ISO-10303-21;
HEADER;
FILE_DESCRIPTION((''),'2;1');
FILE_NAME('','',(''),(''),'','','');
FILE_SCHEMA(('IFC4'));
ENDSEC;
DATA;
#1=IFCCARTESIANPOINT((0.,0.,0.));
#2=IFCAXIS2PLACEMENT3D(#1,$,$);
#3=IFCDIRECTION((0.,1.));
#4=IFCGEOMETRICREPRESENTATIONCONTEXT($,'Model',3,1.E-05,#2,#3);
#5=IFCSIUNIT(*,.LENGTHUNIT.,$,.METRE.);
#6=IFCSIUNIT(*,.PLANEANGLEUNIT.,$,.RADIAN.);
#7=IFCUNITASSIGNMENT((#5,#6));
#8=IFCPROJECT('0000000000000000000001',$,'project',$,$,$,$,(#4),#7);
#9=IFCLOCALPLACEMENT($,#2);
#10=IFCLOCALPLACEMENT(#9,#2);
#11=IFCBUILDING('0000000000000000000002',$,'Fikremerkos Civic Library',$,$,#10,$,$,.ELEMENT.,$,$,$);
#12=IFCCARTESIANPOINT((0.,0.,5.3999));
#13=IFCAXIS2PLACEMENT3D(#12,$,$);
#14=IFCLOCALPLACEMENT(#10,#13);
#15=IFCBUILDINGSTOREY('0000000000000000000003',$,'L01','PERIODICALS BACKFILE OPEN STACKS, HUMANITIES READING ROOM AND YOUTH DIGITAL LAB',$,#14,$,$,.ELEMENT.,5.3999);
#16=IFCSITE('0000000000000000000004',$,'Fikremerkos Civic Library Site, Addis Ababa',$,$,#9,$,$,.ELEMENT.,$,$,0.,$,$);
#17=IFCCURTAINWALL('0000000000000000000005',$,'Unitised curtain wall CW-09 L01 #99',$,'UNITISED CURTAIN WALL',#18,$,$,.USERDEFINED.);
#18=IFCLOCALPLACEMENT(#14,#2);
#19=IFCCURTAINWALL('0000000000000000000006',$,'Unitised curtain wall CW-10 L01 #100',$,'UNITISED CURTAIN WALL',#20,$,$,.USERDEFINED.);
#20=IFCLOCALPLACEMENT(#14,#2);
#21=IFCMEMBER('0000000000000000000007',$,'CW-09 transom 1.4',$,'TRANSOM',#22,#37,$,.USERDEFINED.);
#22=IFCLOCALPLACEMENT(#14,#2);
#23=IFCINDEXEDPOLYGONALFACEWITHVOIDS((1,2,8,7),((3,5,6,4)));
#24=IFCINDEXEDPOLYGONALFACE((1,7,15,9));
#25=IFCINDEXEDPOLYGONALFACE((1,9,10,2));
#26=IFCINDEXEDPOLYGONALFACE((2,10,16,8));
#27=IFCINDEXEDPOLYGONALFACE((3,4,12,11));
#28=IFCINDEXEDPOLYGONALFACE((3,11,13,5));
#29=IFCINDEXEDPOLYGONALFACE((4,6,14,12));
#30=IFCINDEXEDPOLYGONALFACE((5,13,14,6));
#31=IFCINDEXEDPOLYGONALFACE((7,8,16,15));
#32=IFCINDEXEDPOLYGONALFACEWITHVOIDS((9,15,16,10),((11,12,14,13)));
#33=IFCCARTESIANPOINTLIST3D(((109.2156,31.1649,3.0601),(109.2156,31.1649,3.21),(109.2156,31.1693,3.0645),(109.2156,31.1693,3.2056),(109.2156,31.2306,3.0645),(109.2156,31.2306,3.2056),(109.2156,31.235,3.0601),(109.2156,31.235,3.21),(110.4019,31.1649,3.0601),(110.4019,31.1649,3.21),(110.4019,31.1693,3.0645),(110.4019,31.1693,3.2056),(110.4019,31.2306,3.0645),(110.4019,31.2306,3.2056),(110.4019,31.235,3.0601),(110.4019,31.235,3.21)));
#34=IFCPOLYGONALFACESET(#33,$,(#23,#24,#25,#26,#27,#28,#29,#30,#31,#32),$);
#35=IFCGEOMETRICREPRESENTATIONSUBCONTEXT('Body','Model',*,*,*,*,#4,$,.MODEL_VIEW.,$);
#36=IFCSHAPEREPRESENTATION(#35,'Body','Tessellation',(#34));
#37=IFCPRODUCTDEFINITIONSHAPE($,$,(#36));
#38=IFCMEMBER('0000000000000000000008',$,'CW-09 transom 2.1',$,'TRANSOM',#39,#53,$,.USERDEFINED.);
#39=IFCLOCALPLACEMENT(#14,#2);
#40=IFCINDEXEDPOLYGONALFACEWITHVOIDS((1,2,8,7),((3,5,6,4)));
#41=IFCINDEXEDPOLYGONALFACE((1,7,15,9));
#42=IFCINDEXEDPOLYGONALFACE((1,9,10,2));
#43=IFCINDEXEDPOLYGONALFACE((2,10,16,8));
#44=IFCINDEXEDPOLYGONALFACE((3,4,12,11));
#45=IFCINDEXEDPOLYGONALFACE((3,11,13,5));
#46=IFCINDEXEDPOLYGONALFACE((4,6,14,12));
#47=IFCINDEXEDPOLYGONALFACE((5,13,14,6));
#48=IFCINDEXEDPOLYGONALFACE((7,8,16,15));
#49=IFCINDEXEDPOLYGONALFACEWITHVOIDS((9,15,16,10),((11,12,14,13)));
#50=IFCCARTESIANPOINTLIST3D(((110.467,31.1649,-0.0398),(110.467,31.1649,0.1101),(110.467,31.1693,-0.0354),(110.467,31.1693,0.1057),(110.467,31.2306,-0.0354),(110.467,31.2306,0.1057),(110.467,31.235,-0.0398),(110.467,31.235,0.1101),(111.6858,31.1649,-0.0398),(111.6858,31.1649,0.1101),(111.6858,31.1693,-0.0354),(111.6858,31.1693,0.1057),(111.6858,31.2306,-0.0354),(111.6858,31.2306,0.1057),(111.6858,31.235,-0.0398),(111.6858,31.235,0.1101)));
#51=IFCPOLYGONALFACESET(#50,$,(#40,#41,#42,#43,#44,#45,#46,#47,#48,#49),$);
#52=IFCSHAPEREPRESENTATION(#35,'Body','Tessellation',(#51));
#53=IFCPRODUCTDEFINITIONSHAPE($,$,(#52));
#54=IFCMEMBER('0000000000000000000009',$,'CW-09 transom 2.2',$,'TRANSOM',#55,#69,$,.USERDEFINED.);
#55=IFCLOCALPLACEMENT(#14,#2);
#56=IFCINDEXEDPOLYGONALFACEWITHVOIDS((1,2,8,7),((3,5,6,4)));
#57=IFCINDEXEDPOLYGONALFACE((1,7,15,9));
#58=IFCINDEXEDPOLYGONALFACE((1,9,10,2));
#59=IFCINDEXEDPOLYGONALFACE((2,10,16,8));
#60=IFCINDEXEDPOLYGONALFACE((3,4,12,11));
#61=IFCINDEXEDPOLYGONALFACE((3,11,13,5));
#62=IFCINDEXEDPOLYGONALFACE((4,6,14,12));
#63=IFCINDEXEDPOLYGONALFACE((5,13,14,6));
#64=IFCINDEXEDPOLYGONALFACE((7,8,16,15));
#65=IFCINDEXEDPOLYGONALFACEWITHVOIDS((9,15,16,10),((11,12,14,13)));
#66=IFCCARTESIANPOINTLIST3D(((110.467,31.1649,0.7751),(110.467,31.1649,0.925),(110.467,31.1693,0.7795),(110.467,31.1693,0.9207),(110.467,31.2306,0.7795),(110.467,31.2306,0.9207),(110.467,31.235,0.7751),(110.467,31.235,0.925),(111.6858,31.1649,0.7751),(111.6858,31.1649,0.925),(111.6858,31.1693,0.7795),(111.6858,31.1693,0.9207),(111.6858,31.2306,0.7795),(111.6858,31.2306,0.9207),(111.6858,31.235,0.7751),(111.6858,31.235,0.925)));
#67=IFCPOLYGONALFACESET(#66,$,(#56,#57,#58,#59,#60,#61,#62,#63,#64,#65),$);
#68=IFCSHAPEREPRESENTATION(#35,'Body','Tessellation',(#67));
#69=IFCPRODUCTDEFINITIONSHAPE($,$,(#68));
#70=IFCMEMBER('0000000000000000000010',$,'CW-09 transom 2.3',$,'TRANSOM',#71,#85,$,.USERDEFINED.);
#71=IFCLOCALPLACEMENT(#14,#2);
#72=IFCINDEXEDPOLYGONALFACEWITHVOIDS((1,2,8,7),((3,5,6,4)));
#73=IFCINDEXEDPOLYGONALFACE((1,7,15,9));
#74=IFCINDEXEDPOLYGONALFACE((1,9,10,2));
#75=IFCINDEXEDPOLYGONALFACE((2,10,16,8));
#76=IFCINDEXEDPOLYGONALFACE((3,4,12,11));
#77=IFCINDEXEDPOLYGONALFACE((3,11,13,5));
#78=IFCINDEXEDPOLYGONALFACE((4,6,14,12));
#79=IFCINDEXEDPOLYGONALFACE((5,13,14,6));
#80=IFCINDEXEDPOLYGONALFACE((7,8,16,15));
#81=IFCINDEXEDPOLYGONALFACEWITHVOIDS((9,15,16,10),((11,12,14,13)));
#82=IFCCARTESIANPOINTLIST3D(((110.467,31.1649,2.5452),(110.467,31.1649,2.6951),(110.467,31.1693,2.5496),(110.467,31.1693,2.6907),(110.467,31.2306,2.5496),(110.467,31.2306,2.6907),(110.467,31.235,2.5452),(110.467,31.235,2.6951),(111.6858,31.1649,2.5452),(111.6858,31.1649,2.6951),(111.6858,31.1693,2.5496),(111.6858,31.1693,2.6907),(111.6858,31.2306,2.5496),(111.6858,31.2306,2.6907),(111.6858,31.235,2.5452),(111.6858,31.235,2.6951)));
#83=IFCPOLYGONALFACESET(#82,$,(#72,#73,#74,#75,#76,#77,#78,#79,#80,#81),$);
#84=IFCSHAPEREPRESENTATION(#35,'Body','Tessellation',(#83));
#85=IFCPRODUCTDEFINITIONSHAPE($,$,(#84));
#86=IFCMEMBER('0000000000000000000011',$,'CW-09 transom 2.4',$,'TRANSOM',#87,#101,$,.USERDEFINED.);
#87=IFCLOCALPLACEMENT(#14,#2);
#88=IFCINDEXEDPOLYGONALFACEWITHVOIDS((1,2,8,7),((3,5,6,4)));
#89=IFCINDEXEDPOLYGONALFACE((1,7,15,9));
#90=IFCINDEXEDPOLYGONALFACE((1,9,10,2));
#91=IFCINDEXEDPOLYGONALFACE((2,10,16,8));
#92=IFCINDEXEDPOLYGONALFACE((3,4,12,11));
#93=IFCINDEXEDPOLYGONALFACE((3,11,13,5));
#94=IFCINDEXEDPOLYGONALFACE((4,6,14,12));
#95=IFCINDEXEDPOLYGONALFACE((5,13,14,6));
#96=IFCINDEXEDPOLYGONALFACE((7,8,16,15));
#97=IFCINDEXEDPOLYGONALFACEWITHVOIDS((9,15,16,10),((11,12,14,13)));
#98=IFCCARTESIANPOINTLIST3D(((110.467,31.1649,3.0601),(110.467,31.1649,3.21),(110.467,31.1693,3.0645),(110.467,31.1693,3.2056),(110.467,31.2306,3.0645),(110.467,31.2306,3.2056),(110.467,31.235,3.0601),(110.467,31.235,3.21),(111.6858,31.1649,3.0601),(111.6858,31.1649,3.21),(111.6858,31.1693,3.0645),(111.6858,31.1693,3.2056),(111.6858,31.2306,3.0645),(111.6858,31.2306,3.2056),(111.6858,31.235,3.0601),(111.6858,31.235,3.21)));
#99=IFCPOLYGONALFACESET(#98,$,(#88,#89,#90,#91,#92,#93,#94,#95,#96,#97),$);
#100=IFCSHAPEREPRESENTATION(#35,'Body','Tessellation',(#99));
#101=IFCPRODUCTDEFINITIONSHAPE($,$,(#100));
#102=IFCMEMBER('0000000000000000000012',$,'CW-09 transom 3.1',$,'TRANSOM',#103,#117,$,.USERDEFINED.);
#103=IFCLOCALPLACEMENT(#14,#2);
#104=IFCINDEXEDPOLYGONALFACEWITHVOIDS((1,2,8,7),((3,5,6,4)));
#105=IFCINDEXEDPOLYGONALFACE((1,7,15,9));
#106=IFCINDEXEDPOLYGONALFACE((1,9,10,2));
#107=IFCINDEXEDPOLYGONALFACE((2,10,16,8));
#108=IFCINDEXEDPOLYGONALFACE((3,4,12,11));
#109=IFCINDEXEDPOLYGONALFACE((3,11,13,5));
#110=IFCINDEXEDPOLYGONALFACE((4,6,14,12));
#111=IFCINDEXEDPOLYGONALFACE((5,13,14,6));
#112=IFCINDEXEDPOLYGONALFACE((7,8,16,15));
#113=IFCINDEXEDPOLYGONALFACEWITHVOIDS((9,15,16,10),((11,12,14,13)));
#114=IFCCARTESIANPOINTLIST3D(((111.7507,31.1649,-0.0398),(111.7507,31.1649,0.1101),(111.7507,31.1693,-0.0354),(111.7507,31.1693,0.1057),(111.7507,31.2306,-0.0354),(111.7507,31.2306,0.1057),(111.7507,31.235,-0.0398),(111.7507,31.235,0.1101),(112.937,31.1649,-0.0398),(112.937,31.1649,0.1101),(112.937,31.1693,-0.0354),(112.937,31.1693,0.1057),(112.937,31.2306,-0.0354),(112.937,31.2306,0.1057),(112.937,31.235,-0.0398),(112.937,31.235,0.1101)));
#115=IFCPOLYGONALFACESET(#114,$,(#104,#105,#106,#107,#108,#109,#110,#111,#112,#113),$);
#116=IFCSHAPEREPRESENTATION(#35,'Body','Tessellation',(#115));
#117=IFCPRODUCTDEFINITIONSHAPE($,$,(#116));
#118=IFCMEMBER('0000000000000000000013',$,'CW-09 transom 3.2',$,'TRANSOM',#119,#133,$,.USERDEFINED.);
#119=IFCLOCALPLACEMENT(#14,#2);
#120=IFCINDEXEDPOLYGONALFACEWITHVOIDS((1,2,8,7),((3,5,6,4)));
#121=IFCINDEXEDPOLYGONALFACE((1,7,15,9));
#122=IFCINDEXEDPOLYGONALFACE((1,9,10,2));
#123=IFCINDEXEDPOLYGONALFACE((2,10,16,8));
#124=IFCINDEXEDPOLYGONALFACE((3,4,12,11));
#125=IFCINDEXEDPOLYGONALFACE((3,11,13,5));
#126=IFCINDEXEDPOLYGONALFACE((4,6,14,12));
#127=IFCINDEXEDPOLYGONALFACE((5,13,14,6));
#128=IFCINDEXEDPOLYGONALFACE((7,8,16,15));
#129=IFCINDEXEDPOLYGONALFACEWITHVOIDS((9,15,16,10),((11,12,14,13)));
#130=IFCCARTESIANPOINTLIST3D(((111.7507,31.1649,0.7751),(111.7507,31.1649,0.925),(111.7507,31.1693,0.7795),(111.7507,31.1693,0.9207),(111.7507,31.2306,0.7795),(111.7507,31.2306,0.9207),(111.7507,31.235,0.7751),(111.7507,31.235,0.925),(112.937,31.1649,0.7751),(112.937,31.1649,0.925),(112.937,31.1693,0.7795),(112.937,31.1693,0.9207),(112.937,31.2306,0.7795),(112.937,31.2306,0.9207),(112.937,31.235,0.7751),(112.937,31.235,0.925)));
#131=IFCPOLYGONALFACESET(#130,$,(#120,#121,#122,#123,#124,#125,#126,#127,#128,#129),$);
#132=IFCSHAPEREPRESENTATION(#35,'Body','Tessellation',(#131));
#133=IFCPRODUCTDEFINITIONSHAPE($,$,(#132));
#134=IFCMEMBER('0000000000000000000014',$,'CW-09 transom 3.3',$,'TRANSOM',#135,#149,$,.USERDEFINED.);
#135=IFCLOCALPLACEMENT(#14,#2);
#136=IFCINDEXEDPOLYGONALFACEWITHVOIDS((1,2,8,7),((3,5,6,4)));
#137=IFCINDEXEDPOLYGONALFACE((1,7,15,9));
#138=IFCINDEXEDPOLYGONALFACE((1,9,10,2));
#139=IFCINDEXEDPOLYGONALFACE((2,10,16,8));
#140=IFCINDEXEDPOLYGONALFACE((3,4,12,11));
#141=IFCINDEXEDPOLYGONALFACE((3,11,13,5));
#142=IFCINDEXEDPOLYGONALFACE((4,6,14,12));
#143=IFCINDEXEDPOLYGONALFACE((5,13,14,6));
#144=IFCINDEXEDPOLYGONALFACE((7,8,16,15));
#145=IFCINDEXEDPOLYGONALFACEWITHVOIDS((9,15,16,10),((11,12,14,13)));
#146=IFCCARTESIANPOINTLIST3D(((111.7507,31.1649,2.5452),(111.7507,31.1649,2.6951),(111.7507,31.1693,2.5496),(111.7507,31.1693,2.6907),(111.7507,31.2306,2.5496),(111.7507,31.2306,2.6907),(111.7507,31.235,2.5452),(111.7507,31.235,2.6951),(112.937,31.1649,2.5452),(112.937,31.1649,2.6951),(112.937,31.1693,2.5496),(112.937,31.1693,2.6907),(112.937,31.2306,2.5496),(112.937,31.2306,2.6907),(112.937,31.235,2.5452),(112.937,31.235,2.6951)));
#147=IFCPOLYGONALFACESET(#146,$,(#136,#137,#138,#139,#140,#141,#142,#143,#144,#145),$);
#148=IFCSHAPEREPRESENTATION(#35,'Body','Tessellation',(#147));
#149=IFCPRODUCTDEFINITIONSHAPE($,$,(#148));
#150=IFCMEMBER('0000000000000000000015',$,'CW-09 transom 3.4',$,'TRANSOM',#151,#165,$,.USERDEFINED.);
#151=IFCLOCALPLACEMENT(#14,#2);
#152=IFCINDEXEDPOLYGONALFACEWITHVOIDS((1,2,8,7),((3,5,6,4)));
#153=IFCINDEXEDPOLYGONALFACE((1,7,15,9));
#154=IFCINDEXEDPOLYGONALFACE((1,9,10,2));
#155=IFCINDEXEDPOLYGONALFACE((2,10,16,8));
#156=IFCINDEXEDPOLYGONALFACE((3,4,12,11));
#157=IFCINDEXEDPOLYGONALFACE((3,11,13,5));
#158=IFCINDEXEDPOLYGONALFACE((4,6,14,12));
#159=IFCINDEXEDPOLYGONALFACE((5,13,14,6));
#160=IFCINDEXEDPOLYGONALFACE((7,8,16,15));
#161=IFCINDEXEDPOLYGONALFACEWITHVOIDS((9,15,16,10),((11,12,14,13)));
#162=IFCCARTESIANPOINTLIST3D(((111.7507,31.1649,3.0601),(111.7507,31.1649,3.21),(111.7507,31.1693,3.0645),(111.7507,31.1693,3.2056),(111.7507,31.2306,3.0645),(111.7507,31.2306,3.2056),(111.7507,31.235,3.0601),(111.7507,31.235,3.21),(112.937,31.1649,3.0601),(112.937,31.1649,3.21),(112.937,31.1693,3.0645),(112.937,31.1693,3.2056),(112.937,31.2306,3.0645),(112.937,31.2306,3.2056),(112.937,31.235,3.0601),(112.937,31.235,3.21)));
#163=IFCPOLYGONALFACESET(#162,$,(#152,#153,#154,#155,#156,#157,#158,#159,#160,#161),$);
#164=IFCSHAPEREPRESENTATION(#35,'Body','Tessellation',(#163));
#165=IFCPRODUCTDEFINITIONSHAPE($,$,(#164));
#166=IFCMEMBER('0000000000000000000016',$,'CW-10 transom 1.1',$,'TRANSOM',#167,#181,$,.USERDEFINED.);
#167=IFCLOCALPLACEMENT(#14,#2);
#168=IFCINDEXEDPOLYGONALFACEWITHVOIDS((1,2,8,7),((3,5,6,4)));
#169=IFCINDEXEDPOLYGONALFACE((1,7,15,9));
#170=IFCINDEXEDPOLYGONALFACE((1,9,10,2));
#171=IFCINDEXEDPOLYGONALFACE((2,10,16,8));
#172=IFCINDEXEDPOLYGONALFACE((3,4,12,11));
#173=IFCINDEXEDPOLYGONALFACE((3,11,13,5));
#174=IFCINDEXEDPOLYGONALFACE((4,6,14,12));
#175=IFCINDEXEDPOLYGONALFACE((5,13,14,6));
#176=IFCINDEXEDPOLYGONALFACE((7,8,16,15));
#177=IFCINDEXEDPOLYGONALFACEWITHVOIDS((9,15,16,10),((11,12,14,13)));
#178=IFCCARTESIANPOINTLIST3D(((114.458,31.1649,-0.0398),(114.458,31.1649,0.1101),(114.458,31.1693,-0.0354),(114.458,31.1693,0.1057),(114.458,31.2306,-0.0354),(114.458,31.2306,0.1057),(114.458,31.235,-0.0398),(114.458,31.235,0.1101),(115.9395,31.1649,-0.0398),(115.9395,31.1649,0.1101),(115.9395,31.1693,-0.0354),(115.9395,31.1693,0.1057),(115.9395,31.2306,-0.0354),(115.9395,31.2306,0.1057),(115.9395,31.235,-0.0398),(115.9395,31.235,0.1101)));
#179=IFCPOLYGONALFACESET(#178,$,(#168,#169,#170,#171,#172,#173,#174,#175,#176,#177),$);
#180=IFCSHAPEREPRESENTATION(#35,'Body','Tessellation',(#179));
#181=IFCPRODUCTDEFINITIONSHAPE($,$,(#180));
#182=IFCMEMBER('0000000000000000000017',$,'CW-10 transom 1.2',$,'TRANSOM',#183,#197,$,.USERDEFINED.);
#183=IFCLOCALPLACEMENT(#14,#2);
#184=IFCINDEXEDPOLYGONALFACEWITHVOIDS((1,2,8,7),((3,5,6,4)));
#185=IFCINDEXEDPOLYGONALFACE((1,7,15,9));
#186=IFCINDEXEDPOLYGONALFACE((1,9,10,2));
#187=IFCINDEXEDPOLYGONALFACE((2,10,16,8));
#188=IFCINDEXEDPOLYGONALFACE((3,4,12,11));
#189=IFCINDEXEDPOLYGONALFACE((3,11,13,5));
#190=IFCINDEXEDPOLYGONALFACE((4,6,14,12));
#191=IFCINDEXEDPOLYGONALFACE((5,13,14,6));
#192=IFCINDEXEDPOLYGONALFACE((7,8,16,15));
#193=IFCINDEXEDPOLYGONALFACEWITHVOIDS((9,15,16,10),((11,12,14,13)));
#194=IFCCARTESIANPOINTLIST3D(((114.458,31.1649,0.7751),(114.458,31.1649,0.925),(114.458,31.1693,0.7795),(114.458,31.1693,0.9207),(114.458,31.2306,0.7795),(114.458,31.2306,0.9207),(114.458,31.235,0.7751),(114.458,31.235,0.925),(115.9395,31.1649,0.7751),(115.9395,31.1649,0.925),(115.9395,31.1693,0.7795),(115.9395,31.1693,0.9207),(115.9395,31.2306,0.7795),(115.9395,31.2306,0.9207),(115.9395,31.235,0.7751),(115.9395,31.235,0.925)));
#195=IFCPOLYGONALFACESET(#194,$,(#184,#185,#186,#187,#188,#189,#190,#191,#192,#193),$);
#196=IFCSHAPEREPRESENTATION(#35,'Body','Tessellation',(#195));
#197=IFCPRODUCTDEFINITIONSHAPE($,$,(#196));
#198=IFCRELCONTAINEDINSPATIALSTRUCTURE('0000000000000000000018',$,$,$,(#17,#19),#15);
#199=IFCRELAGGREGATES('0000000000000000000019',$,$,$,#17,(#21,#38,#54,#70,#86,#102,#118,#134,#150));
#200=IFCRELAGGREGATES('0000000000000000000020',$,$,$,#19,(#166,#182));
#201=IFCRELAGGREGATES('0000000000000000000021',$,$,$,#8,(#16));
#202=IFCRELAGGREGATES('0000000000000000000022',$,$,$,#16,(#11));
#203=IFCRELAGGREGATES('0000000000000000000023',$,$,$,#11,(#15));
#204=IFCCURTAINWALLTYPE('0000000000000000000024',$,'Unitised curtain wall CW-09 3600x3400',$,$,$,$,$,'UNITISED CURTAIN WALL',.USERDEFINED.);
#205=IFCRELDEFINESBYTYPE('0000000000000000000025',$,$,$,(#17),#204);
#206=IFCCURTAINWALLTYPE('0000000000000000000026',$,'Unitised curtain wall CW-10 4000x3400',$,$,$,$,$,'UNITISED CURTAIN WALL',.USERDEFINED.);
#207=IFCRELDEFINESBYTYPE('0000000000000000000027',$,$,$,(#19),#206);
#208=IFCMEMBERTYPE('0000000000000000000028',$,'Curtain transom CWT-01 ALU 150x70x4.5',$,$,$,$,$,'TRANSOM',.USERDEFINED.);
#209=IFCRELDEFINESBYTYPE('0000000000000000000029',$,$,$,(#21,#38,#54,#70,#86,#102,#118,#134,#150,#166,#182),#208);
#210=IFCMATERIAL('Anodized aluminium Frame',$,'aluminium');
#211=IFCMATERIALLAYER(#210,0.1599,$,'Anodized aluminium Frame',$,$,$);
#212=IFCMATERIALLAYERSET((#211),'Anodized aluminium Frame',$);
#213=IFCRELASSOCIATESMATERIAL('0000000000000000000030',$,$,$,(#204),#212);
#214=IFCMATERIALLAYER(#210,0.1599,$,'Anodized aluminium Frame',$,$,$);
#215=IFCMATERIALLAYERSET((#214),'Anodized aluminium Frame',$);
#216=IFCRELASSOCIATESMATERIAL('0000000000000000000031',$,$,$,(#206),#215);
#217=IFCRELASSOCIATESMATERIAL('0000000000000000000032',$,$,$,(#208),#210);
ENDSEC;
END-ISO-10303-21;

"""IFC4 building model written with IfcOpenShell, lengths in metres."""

from ifc_helpers import new_model, si_unit, direction, frame, origin, origin_2d, place, context, subcontext, project, spatial, hollow_rectangle, extrude, material, layer, layer_set, material_profile, profile_set, type_object, element, aggregate, save


model = new_model("IFC4")

# Units and contexts
model_context = context("Model", 3, precision=1e-05, world=origin(), true_north=direction((0.0, 1.0)))
body_context = subcontext(model_context, "Body", "Model", "MODEL_VIEW")
ifc_project = project(units=[si_unit("LENGTHUNIT", "METRE"), si_unit("PLANEANGLEUNIT", "RADIAN")], contexts=[model_context])

# Site, building, storey
site_placement = place(None, origin())
site = spatial("IfcSite", under=ifc_project, at=site_placement, Name="Fikremerkos Civic Library Site, Addis Ababa", CompositionType="ELEMENT", RefElevation=0.0)
building_placement = place(site_placement, origin())
building = spatial("IfcBuilding", under=site, at=building_placement, Name="Fikremerkos Civic Library", CompositionType="ELEMENT")
storey_placement = place(building_placement, frame((0.0, 0.0, 5.3999)))
storey = spatial("IfcBuildingStorey", under=building, at=storey_placement, Name="L01", Description="PERIODICALS BACKFILE OPEN STACKS, HUMANITIES READING ROOM AND YOUTH DIGITAL LAB", CompositionType="ELEMENT", Elevation=5.3999)

# Curtain wall
ifc_material_1 = material(Name="Anodized aluminium Frame", Category="aluminium")
ifc_layer_1 = layer(ifc_material_1, 0.1599, Name="Anodized aluminium Frame")
ifc_layer_set_1 = layer_set([ifc_layer_1], Name="Anodized aluminium Frame")
curtain_wall_type_1 = type_object("IfcCurtainWallType", Name="Unitised curtain wall CW-09 3600x3400", ElementType="UNITISED CURTAIN WALL", PredefinedType="USERDEFINED", material=ifc_layer_set_1)
curtain_wall_1_placement = place(storey_placement, origin())
curtain_wall_1 = element("IfcCurtainWall", 1, at=curtain_wall_1_placement, inside=storey, type_object=curtain_wall_type_1, Name="Unitised curtain wall CW-09 L01 #99", ObjectType="UNITISED CURTAIN WALL", PredefinedType="USERDEFINED")

# Curtain wall
ifc_layer_2 = layer(ifc_material_1, 0.1599, Name="Anodized aluminium Frame")
ifc_layer_set_2 = layer_set([ifc_layer_2], Name="Anodized aluminium Frame")
curtain_wall_type_2 = type_object("IfcCurtainWallType", Name="Unitised curtain wall CW-10 4000x3400", ElementType="UNITISED CURTAIN WALL", PredefinedType="USERDEFINED", material=ifc_layer_set_2)
curtain_wall_2_placement = place(storey_placement, origin())
curtain_wall_2 = element("IfcCurtainWall", 2, at=curtain_wall_2_placement, inside=storey, type_object=curtain_wall_type_2, Name="Unitised curtain wall CW-10 L01 #100", ObjectType="UNITISED CURTAIN WALL", PredefinedType="USERDEFINED")

# Members
ifc_material_profile_1 = material_profile(ifc_material_1, hollow_rectangle(XDim=0.0701, YDim=0.1499, WallThickness=0.0044, at=origin_2d()), Name="ALU 150x70x4.5")
ifc_profile_set_1 = profile_set([ifc_material_profile_1], Name="Anodized aluminium Frame")
member_type_1 = type_object("IfcMemberType", Name="Curtain transom CWT-01 ALU 150x70x4.5", ElementType="TRANSOM", PredefinedType="USERDEFINED", material=ifc_profile_set_1)
member_1_placement = place(storey_placement, frame((109.2156, 31.2, 3.135), z_axis=(1.0, 0.0, 0.0), x_axis=(0.0, 1.0, 0.0)))
member_1 = element("IfcMember", 3, at=member_1_placement, type_object=member_type_1, Name="CW-09 transom 1.4", ObjectType="TRANSOM", PredefinedType="USERDEFINED", context=body_context, shape_type="SweptSolid", body=[
    extrude(hollow_rectangle(XDim=0.0701, YDim=0.1499, WallThickness=0.0044, at=origin_2d()), origin(), (0.0, 0.0, 1.0), 1.1863),
])
member_2_placement = place(storey_placement, frame((110.467, 31.2, 0.0352), z_axis=(1.0, 0.0, 0.0), x_axis=(0.0, 1.0, 0.0)))
member_2 = element("IfcMember", 4, at=member_2_placement, type_object=member_type_1, Name="CW-09 transom 2.1", ObjectType="TRANSOM", PredefinedType="USERDEFINED", context=body_context, shape_type="SweptSolid", body=[
    extrude(hollow_rectangle(XDim=0.0701, YDim=0.1499, WallThickness=0.0044, at=origin_2d()), origin(), (0.0, 0.0, 1.0), 1.2188),
])
member_3_placement = place(storey_placement, frame((110.467, 31.2, 0.8501), z_axis=(1.0, 0.0, 0.0), x_axis=(0.0, 1.0, 0.0)))
member_3 = element("IfcMember", 5, at=member_3_placement, type_object=member_type_1, Name="CW-09 transom 2.2", ObjectType="TRANSOM", PredefinedType="USERDEFINED", context=body_context, shape_type="SweptSolid", body=[
    extrude(hollow_rectangle(XDim=0.0701, YDim=0.1499, WallThickness=0.0044, at=origin_2d()), origin(), (0.0, 0.0, 1.0), 1.2188),
])
member_4_placement = place(storey_placement, frame((110.467, 31.2, 2.6201), z_axis=(1.0, 0.0, 0.0), x_axis=(0.0, 1.0, 0.0)))
member_4 = element("IfcMember", 6, at=member_4_placement, type_object=member_type_1, Name="CW-09 transom 2.3", ObjectType="TRANSOM", PredefinedType="USERDEFINED", context=body_context, shape_type="SweptSolid", body=[
    extrude(hollow_rectangle(XDim=0.0701, YDim=0.1499, WallThickness=0.0044, at=origin_2d()), origin(), (0.0, 0.0, 1.0), 1.2188),
])
member_5_placement = place(storey_placement, frame((110.467, 31.2, 3.135), z_axis=(1.0, 0.0, 0.0), x_axis=(0.0, 1.0, 0.0)))
member_5 = element("IfcMember", 7, at=member_5_placement, type_object=member_type_1, Name="CW-09 transom 2.4", ObjectType="TRANSOM", PredefinedType="USERDEFINED", context=body_context, shape_type="SweptSolid", body=[
    extrude(hollow_rectangle(XDim=0.0701, YDim=0.1499, WallThickness=0.0044, at=origin_2d()), origin(), (0.0, 0.0, 1.0), 1.2188),
])
member_6_placement = place(storey_placement, frame((111.7507, 31.2, 0.0352), z_axis=(1.0, 0.0, 0.0), x_axis=(0.0, 1.0, 0.0)))
member_6 = element("IfcMember", 8, at=member_6_placement, type_object=member_type_1, Name="CW-09 transom 3.1", ObjectType="TRANSOM", PredefinedType="USERDEFINED", context=body_context, shape_type="SweptSolid", body=[
    extrude(hollow_rectangle(XDim=0.0701, YDim=0.1499, WallThickness=0.0044, at=origin_2d()), origin(), (0.0, 0.0, 1.0), 1.1863),
])
member_7_placement = place(storey_placement, frame((111.7507, 31.2, 0.8501), z_axis=(1.0, 0.0, 0.0), x_axis=(0.0, 1.0, 0.0)))
member_7 = element("IfcMember", 9, at=member_7_placement, type_object=member_type_1, Name="CW-09 transom 3.2", ObjectType="TRANSOM", PredefinedType="USERDEFINED", context=body_context, shape_type="SweptSolid", body=[
    extrude(hollow_rectangle(XDim=0.0701, YDim=0.1499, WallThickness=0.0044, at=origin_2d()), origin(), (0.0, 0.0, 1.0), 1.1863),
])
member_8_placement = place(storey_placement, frame((111.7507, 31.2, 2.6201), z_axis=(1.0, 0.0, 0.0), x_axis=(0.0, 1.0, 0.0)))
member_8 = element("IfcMember", 10, at=member_8_placement, type_object=member_type_1, Name="CW-09 transom 3.3", ObjectType="TRANSOM", PredefinedType="USERDEFINED", context=body_context, shape_type="SweptSolid", body=[
    extrude(hollow_rectangle(XDim=0.0701, YDim=0.1499, WallThickness=0.0044, at=origin_2d()), origin(), (0.0, 0.0, 1.0), 1.1863),
])
member_9_placement = place(storey_placement, frame((111.7507, 31.2, 3.135), z_axis=(1.0, 0.0, 0.0), x_axis=(0.0, 1.0, 0.0)))
member_9 = element("IfcMember", 11, at=member_9_placement, type_object=member_type_1, Name="CW-09 transom 3.4", ObjectType="TRANSOM", PredefinedType="USERDEFINED", context=body_context, shape_type="SweptSolid", body=[
    extrude(hollow_rectangle(XDim=0.0701, YDim=0.1499, WallThickness=0.0044, at=origin_2d()), origin(), (0.0, 0.0, 1.0), 1.1863),
])
member_10_placement = place(storey_placement, frame((114.458, 31.2, 0.0352), z_axis=(1.0, 0.0, 0.0), x_axis=(0.0, 1.0, 0.0)))
member_10 = element("IfcMember", 12, at=member_10_placement, type_object=member_type_1, Name="CW-10 transom 1.1", ObjectType="TRANSOM", PredefinedType="USERDEFINED", context=body_context, shape_type="SweptSolid", body=[
    extrude(hollow_rectangle(XDim=0.0701, YDim=0.1499, WallThickness=0.0044, at=origin_2d()), origin(), (0.0, 0.0, 1.0), 1.4814),
])
member_11_placement = place(storey_placement, frame((114.458, 31.2, 0.8501), z_axis=(1.0, 0.0, 0.0), x_axis=(0.0, 1.0, 0.0)))
member_11 = element("IfcMember", 13, at=member_11_placement, type_object=member_type_1, Name="CW-10 transom 1.2", ObjectType="TRANSOM", PredefinedType="USERDEFINED", context=body_context, shape_type="SweptSolid", body=[
    extrude(hollow_rectangle(XDim=0.0701, YDim=0.1499, WallThickness=0.0044, at=origin_2d()), origin(), (0.0, 0.0, 1.0), 1.4814),
])

aggregate(curtain_wall_1, [member_1, member_2, member_3, member_4, member_5, member_6, member_7, member_8, member_9])
aggregate(curtain_wall_2, [member_10, member_11])

save(model, "model.ifc")
